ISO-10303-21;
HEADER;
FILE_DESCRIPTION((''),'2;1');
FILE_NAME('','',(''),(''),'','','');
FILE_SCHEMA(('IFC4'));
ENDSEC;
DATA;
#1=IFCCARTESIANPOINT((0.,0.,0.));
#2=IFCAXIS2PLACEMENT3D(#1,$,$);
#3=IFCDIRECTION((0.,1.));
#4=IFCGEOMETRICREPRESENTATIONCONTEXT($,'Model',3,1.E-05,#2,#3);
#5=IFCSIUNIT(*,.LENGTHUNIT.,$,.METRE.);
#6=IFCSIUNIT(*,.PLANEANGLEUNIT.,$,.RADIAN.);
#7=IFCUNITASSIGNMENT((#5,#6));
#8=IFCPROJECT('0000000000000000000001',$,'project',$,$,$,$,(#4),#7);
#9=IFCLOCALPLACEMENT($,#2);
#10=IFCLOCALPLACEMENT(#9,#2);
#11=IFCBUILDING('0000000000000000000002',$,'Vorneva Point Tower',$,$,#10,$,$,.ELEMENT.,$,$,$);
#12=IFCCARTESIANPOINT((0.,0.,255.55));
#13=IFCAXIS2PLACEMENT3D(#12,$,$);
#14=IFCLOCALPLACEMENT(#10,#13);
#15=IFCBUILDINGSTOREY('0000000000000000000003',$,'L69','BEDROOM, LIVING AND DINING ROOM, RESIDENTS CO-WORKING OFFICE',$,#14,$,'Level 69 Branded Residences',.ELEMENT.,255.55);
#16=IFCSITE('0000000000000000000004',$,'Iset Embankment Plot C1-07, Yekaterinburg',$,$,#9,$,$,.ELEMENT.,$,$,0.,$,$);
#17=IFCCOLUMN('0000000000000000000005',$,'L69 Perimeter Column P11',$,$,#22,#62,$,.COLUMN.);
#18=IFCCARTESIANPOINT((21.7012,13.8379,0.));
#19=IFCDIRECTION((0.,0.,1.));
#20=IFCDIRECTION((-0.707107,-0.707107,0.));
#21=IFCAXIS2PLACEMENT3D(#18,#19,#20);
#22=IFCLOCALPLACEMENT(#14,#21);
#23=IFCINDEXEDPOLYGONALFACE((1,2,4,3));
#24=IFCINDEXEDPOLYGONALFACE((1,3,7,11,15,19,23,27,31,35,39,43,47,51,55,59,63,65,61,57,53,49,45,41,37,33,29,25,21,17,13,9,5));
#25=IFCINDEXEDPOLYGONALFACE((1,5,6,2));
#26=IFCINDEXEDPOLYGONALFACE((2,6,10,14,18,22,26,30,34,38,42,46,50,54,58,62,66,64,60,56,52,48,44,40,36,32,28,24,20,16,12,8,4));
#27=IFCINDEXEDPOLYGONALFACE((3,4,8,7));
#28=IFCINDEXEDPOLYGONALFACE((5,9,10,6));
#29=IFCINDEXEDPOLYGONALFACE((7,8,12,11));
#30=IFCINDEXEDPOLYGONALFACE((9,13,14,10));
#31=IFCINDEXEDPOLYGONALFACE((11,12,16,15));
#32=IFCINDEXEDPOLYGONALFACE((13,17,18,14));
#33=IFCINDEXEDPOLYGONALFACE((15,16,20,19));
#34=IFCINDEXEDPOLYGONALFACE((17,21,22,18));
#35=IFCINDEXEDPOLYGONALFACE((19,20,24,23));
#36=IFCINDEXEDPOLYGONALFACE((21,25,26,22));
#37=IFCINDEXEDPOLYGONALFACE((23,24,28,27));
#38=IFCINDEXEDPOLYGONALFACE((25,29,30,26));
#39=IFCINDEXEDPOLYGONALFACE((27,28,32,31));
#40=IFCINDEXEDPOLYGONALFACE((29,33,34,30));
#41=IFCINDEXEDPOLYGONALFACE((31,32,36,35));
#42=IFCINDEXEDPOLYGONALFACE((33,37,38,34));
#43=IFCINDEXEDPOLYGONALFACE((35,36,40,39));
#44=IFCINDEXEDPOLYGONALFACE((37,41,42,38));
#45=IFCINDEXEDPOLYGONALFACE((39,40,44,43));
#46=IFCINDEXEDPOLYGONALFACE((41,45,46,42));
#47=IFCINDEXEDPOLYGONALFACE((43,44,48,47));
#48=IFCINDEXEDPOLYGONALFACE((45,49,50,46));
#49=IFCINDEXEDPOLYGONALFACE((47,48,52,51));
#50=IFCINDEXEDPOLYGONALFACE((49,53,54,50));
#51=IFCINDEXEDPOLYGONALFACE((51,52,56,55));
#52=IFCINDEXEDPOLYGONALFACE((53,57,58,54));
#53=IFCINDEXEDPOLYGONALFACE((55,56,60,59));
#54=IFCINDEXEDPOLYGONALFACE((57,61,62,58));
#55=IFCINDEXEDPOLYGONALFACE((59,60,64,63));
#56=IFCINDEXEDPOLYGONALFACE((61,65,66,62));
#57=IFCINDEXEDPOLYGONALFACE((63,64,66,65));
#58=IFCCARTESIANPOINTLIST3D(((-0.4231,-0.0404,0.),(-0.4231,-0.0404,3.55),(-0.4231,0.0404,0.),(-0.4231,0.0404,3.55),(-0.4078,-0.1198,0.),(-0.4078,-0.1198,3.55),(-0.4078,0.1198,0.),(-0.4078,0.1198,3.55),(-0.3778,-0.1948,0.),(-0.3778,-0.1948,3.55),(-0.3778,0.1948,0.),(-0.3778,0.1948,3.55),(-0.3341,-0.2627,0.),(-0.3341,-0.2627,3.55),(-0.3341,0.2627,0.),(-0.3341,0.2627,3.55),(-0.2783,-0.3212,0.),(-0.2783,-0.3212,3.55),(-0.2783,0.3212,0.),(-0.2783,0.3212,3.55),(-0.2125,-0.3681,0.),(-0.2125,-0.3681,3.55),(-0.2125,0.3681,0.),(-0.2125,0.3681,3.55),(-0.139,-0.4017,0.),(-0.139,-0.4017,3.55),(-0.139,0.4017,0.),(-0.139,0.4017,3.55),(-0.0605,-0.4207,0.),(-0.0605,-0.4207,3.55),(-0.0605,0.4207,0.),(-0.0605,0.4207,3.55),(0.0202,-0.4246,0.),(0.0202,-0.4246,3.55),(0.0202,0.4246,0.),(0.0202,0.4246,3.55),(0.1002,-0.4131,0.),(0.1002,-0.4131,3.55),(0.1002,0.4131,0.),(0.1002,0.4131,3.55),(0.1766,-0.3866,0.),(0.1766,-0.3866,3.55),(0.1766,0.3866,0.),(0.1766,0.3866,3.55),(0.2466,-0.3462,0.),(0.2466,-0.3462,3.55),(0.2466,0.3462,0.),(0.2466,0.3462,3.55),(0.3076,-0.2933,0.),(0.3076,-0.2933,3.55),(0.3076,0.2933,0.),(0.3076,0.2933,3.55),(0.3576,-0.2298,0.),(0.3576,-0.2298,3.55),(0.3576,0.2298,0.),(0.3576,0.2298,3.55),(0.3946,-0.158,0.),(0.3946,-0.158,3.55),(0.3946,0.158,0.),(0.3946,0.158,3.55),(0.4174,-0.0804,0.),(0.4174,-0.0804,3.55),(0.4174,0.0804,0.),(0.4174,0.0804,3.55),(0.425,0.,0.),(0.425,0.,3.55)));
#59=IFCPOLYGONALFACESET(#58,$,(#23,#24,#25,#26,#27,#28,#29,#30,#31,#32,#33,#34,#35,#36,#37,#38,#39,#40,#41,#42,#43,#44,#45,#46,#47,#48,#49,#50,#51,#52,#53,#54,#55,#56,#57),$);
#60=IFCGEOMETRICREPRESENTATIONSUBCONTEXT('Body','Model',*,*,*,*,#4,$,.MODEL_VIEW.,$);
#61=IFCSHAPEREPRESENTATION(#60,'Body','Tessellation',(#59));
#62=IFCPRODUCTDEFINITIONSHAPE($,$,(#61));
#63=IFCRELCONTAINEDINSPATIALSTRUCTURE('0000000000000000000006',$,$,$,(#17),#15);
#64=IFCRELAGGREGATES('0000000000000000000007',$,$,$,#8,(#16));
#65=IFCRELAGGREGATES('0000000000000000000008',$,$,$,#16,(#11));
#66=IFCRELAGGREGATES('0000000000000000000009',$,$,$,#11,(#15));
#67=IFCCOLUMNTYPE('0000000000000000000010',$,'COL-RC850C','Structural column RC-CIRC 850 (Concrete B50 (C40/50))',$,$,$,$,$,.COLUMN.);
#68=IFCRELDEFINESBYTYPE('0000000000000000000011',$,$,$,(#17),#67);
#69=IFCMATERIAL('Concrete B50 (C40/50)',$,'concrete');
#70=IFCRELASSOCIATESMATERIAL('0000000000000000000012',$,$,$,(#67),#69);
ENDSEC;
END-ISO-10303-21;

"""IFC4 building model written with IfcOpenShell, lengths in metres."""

from ifc_helpers import new_model, si_unit, direction, frame, origin, origin_2d, place, context, subcontext, project, spatial, circle, extrude, material, material_profile, profile_set, type_object, element, save


model = new_model("IFC4")

# Units and contexts
model_context = context("Model", 3, precision=1e-05, world=origin(), true_north=direction((0.0, 1.0)))
body_context = subcontext(model_context, "Body", "Model", "MODEL_VIEW")
ifc_project = project(units=[si_unit("LENGTHUNIT", "METRE"), si_unit("PLANEANGLEUNIT", "RADIAN")], contexts=[model_context])

# Site, building, storey
site_placement = place(None, origin())
site = spatial("IfcSite", under=ifc_project, at=site_placement, Name="Iset Embankment Plot C1-07, Yekaterinburg", CompositionType="ELEMENT", RefElevation=0.0)
building_placement = place(site_placement, origin())
building = spatial("IfcBuilding", under=site, at=building_placement, Name="Vorneva Point Tower", CompositionType="ELEMENT")
storey_placement = place(building_placement, frame((0.0, 0.0, 255.55)))
storey = spatial("IfcBuildingStorey", under=building, at=storey_placement, Name="L69", Description="BEDROOM, LIVING AND DINING ROOM, RESIDENTS CO-WORKING OFFICE", LongName="Level 69 Branded Residences", CompositionType="ELEMENT", Elevation=255.55)

# Column
ifc_material_1 = material(Name="Concrete B50 (C40/50)", Category="concrete")
ifc_material_profile_1 = material_profile(ifc_material_1, circle(Radius=0.425, at=origin_2d()), Name="RC-CIRC 850")
ifc_profile_set_1 = profile_set([ifc_material_profile_1], Name="Concrete B50 (C40/50)")
column_type_1 = type_object("IfcColumnType", Name="COL-RC850C", Description="Structural column RC-CIRC 850 (Concrete B50 (C40/50))", PredefinedType="COLUMN", material=ifc_profile_set_1)
column_1_placement = place(storey_placement, frame((21.7012, 13.8379, 0.0), z_axis=(0.0, 0.0, 1.0), x_axis=(-0.707107, -0.707107, 0.0)))
element("IfcColumn", 1, at=column_1_placement, inside=storey, type_object=column_type_1, Name="L69 Perimeter Column P11", PredefinedType="COLUMN", context=body_context, shape_type="SweptSolid", body=[
    extrude(circle(Radius=0.425, at=origin_2d()), origin(), (0.0, 0.0, 1.0), 3.55),
])

save(model, "model.ifc")
